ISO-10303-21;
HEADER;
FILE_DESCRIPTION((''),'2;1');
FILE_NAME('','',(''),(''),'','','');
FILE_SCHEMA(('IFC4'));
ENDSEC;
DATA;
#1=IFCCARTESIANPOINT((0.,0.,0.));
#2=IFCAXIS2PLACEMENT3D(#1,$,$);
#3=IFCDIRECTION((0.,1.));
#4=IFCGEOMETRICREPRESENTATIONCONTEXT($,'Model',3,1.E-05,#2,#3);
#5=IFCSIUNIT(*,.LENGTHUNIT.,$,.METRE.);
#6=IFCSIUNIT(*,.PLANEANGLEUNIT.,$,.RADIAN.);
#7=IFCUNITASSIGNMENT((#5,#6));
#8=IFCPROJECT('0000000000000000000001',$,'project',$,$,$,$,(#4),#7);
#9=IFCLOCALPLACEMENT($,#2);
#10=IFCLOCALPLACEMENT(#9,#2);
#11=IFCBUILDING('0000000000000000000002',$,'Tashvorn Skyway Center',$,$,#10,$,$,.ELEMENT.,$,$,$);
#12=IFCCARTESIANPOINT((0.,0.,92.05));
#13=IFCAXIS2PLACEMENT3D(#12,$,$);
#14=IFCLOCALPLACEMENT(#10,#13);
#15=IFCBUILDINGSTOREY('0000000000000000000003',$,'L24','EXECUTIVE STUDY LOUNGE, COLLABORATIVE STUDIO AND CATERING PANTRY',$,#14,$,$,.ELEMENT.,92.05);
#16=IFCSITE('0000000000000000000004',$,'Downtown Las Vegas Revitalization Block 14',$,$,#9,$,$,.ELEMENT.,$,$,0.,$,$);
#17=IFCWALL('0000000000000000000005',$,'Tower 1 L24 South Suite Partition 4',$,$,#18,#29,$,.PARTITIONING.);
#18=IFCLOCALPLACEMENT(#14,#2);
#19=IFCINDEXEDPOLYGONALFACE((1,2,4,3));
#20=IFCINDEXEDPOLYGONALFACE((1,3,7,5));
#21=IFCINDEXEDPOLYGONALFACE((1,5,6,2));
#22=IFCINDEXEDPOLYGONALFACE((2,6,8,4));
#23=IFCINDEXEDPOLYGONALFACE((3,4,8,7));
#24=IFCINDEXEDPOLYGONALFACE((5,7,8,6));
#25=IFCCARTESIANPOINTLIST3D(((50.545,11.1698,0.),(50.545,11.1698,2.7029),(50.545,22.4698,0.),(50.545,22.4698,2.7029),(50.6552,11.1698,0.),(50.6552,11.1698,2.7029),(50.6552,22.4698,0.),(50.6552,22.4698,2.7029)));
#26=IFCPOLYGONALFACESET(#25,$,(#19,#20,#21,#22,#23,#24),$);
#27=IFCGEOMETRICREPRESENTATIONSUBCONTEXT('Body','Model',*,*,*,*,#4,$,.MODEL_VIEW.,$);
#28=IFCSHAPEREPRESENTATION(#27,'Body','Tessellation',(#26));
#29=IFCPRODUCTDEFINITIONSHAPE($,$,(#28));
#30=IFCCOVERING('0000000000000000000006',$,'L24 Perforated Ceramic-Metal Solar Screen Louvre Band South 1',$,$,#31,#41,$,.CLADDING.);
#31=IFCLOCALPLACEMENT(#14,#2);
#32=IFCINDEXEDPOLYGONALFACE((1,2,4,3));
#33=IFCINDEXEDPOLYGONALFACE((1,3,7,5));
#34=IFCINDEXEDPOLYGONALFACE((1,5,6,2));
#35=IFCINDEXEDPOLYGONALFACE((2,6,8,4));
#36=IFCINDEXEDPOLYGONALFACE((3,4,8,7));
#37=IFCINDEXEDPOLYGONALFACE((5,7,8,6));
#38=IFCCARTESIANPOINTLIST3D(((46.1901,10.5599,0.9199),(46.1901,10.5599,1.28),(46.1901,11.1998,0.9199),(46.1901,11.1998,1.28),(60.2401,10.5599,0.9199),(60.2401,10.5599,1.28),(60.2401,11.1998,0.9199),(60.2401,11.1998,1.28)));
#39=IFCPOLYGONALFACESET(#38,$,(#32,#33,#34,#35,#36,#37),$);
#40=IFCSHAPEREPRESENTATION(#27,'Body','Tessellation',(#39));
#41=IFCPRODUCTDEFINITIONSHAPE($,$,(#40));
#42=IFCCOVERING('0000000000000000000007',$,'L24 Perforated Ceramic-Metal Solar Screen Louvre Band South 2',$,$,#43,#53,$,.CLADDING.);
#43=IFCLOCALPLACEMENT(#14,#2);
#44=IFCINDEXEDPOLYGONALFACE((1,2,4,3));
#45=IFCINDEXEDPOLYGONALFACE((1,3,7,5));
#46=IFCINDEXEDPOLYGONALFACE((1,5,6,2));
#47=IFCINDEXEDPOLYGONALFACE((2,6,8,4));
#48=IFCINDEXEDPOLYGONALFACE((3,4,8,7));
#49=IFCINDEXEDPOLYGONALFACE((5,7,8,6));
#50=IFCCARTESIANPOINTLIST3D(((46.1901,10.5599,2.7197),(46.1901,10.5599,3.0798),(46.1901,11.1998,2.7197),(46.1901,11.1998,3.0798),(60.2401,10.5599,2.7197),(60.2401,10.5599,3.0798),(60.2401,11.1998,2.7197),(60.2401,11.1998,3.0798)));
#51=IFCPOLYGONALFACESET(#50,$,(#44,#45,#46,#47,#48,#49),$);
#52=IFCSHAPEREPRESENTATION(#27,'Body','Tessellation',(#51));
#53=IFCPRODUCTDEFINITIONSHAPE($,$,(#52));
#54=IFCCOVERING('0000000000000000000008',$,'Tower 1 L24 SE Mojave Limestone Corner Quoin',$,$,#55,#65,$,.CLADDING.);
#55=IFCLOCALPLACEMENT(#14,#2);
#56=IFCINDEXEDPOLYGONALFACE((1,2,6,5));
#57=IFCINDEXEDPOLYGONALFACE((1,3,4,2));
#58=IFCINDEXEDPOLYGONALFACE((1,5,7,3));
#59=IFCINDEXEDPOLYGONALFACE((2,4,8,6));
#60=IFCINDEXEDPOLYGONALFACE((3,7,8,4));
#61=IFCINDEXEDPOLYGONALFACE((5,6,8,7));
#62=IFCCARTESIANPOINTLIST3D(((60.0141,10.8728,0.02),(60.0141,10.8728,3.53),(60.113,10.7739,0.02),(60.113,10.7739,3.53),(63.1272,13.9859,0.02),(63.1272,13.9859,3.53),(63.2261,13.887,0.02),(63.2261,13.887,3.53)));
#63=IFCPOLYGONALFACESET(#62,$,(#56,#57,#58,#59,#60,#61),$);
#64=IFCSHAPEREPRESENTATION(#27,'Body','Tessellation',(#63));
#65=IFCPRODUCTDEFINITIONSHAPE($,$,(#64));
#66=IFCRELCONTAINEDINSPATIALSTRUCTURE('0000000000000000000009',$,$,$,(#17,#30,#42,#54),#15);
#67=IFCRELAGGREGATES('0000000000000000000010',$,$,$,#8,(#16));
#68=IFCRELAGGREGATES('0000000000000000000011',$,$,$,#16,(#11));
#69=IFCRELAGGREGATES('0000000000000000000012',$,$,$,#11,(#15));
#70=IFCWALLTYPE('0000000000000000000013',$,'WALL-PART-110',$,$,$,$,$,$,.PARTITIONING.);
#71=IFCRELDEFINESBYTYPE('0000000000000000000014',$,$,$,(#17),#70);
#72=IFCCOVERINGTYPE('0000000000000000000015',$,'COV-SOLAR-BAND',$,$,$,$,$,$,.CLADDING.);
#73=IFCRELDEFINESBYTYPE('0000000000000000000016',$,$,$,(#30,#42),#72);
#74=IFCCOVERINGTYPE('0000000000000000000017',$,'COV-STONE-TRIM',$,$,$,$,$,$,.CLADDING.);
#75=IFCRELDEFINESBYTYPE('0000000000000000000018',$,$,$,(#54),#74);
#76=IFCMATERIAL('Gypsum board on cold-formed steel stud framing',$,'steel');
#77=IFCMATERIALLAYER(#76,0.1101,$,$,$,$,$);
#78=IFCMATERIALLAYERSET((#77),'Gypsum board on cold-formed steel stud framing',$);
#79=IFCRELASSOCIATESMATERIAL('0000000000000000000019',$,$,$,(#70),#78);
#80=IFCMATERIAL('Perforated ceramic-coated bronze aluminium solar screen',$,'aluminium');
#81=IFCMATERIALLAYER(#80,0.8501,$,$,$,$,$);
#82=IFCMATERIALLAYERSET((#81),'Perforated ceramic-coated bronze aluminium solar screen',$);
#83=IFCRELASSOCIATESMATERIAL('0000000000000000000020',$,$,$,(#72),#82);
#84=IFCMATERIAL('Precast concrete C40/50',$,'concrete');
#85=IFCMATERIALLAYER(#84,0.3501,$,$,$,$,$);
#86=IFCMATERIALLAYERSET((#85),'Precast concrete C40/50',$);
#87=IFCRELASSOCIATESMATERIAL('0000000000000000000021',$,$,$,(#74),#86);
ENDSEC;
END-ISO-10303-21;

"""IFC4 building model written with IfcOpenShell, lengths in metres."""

from ifc_helpers import new_model, si_unit, direction, frame, frame_2d, origin, origin_2d, place, context, subcontext, project, spatial, rectangle, extrude, material, layer, layer_set, type_object, element, save


model = new_model("IFC4")

# Units and contexts
model_context = context("Model", 3, precision=1e-05, world=origin(), true_north=direction((0.0, 1.0)))
body_context = subcontext(model_context, "Body", "Model", "MODEL_VIEW")
ifc_project = project(units=[si_unit("LENGTHUNIT", "METRE"), si_unit("PLANEANGLEUNIT", "RADIAN")], contexts=[model_context])

# Site, building, storey
site_placement = place(None, origin())
site = spatial("IfcSite", under=ifc_project, at=site_placement, Name="Downtown Las Vegas Revitalization Block 14", CompositionType="ELEMENT", RefElevation=0.0)
building_placement = place(site_placement, origin())
building = spatial("IfcBuilding", under=site, at=building_placement, Name="Tashvorn Skyway Center", CompositionType="ELEMENT")
storey_placement = place(building_placement, frame((0.0, 0.0, 92.05)))
storey = spatial("IfcBuildingStorey", under=building, at=storey_placement, Name="L24", Description="EXECUTIVE STUDY LOUNGE, COLLABORATIVE STUDIO AND CATERING PANTRY", CompositionType="ELEMENT", Elevation=92.05)

# Wall
ifc_material_1 = material(Name="Gypsum board on cold-formed steel stud framing", Category="steel")
ifc_layer_1 = layer(ifc_material_1, 0.1101)
ifc_layer_set_1 = layer_set([ifc_layer_1], Name="Gypsum board on cold-formed steel stud framing")
wall_type = type_object("IfcWallType", Name="WALL-PART-110", PredefinedType="PARTITIONING", material=ifc_layer_set_1)
wall_placement = place(storey_placement, frame((50.6001, 11.1699, 0.0), z_axis=(0.0, 0.0, 1.0), x_axis=(0.0, 1.0, 0.0)))
element("IfcWall", 1, at=wall_placement, inside=storey, type_object=wall_type, Name="Tower 1 L24 South Suite Partition 4", PredefinedType="PARTITIONING", context=body_context, shape_type="SweptSolid", body=[
    extrude(rectangle(XDim=11.3, YDim=0.1101, at=frame_2d((5.6499, 0.0))), origin(), (0.0, 0.0, 1.0), 2.7029),
])

# Coverings
ifc_material_2 = material(Name="Perforated ceramic-coated bronze aluminium solar screen", Category="aluminium")
ifc_layer_2 = layer(ifc_material_2, 0.8501)
ifc_layer_set_2 = layer_set([ifc_layer_2], Name="Perforated ceramic-coated bronze aluminium solar screen")
covering_type_1 = type_object("IfcCoveringType", Name="COV-SOLAR-BAND", PredefinedType="CLADDING", material=ifc_layer_set_2)
for number, where, z_axis, x_axis, name in (
    (2, (53.2151, 10.8799, 0.9199), (0.0, 0.0, 1.0), (-1.0, 0.0, 0.0), "L24 Perforated Ceramic-Metal Solar Screen Louvre Band South 1"),
    (3, (53.2151, 10.8799, 2.7197), (0.0, 0.0, 1.0), (-1.0, 0.0, 0.0), "L24 Perforated Ceramic-Metal Solar Screen Louvre Band South 2"),
):
    element("IfcCovering", number, at=place(storey_placement, frame(where, z_axis=z_axis, x_axis=x_axis)), inside=storey, type_object=covering_type_1, Name=name, PredefinedType="CLADDING", context=body_context, shape_type="SweptSolid", body=[
        extrude(rectangle(XDim=14.05, YDim=0.6399, at=origin_2d()), origin(), (0.0, 0.0, 1.0), 0.3601),
    ])
ifc_material_3 = material(Name="Precast concrete C40/50", Category="concrete")
ifc_layer_3 = layer(ifc_material_3, 0.3501)
ifc_layer_set_3 = layer_set([ifc_layer_3], Name="Precast concrete C40/50")
covering_type_2 = type_object("IfcCoveringType", Name="COV-STONE-TRIM", PredefinedType="CLADDING", material=ifc_layer_set_3)
covering_placement = place(storey_placement, frame((61.6201, 12.3799, 0.02), z_axis=(0.0, 0.0, 1.0), x_axis=(0.707107, 0.707107, 0.0)))
element("IfcCovering", 4, at=covering_placement, inside=storey, type_object=covering_type_2, Name="Tower 1 L24 SE Mojave Limestone Corner Quoin", PredefinedType="CLADDING", context=body_context, shape_type="SweptSolid", body=[
    extrude(rectangle(XDim=4.4026, YDim=0.1399, at=origin_2d()), origin(), (0.0, 0.0, 1.0), 3.51),
])

save(model, "model.ifc")
